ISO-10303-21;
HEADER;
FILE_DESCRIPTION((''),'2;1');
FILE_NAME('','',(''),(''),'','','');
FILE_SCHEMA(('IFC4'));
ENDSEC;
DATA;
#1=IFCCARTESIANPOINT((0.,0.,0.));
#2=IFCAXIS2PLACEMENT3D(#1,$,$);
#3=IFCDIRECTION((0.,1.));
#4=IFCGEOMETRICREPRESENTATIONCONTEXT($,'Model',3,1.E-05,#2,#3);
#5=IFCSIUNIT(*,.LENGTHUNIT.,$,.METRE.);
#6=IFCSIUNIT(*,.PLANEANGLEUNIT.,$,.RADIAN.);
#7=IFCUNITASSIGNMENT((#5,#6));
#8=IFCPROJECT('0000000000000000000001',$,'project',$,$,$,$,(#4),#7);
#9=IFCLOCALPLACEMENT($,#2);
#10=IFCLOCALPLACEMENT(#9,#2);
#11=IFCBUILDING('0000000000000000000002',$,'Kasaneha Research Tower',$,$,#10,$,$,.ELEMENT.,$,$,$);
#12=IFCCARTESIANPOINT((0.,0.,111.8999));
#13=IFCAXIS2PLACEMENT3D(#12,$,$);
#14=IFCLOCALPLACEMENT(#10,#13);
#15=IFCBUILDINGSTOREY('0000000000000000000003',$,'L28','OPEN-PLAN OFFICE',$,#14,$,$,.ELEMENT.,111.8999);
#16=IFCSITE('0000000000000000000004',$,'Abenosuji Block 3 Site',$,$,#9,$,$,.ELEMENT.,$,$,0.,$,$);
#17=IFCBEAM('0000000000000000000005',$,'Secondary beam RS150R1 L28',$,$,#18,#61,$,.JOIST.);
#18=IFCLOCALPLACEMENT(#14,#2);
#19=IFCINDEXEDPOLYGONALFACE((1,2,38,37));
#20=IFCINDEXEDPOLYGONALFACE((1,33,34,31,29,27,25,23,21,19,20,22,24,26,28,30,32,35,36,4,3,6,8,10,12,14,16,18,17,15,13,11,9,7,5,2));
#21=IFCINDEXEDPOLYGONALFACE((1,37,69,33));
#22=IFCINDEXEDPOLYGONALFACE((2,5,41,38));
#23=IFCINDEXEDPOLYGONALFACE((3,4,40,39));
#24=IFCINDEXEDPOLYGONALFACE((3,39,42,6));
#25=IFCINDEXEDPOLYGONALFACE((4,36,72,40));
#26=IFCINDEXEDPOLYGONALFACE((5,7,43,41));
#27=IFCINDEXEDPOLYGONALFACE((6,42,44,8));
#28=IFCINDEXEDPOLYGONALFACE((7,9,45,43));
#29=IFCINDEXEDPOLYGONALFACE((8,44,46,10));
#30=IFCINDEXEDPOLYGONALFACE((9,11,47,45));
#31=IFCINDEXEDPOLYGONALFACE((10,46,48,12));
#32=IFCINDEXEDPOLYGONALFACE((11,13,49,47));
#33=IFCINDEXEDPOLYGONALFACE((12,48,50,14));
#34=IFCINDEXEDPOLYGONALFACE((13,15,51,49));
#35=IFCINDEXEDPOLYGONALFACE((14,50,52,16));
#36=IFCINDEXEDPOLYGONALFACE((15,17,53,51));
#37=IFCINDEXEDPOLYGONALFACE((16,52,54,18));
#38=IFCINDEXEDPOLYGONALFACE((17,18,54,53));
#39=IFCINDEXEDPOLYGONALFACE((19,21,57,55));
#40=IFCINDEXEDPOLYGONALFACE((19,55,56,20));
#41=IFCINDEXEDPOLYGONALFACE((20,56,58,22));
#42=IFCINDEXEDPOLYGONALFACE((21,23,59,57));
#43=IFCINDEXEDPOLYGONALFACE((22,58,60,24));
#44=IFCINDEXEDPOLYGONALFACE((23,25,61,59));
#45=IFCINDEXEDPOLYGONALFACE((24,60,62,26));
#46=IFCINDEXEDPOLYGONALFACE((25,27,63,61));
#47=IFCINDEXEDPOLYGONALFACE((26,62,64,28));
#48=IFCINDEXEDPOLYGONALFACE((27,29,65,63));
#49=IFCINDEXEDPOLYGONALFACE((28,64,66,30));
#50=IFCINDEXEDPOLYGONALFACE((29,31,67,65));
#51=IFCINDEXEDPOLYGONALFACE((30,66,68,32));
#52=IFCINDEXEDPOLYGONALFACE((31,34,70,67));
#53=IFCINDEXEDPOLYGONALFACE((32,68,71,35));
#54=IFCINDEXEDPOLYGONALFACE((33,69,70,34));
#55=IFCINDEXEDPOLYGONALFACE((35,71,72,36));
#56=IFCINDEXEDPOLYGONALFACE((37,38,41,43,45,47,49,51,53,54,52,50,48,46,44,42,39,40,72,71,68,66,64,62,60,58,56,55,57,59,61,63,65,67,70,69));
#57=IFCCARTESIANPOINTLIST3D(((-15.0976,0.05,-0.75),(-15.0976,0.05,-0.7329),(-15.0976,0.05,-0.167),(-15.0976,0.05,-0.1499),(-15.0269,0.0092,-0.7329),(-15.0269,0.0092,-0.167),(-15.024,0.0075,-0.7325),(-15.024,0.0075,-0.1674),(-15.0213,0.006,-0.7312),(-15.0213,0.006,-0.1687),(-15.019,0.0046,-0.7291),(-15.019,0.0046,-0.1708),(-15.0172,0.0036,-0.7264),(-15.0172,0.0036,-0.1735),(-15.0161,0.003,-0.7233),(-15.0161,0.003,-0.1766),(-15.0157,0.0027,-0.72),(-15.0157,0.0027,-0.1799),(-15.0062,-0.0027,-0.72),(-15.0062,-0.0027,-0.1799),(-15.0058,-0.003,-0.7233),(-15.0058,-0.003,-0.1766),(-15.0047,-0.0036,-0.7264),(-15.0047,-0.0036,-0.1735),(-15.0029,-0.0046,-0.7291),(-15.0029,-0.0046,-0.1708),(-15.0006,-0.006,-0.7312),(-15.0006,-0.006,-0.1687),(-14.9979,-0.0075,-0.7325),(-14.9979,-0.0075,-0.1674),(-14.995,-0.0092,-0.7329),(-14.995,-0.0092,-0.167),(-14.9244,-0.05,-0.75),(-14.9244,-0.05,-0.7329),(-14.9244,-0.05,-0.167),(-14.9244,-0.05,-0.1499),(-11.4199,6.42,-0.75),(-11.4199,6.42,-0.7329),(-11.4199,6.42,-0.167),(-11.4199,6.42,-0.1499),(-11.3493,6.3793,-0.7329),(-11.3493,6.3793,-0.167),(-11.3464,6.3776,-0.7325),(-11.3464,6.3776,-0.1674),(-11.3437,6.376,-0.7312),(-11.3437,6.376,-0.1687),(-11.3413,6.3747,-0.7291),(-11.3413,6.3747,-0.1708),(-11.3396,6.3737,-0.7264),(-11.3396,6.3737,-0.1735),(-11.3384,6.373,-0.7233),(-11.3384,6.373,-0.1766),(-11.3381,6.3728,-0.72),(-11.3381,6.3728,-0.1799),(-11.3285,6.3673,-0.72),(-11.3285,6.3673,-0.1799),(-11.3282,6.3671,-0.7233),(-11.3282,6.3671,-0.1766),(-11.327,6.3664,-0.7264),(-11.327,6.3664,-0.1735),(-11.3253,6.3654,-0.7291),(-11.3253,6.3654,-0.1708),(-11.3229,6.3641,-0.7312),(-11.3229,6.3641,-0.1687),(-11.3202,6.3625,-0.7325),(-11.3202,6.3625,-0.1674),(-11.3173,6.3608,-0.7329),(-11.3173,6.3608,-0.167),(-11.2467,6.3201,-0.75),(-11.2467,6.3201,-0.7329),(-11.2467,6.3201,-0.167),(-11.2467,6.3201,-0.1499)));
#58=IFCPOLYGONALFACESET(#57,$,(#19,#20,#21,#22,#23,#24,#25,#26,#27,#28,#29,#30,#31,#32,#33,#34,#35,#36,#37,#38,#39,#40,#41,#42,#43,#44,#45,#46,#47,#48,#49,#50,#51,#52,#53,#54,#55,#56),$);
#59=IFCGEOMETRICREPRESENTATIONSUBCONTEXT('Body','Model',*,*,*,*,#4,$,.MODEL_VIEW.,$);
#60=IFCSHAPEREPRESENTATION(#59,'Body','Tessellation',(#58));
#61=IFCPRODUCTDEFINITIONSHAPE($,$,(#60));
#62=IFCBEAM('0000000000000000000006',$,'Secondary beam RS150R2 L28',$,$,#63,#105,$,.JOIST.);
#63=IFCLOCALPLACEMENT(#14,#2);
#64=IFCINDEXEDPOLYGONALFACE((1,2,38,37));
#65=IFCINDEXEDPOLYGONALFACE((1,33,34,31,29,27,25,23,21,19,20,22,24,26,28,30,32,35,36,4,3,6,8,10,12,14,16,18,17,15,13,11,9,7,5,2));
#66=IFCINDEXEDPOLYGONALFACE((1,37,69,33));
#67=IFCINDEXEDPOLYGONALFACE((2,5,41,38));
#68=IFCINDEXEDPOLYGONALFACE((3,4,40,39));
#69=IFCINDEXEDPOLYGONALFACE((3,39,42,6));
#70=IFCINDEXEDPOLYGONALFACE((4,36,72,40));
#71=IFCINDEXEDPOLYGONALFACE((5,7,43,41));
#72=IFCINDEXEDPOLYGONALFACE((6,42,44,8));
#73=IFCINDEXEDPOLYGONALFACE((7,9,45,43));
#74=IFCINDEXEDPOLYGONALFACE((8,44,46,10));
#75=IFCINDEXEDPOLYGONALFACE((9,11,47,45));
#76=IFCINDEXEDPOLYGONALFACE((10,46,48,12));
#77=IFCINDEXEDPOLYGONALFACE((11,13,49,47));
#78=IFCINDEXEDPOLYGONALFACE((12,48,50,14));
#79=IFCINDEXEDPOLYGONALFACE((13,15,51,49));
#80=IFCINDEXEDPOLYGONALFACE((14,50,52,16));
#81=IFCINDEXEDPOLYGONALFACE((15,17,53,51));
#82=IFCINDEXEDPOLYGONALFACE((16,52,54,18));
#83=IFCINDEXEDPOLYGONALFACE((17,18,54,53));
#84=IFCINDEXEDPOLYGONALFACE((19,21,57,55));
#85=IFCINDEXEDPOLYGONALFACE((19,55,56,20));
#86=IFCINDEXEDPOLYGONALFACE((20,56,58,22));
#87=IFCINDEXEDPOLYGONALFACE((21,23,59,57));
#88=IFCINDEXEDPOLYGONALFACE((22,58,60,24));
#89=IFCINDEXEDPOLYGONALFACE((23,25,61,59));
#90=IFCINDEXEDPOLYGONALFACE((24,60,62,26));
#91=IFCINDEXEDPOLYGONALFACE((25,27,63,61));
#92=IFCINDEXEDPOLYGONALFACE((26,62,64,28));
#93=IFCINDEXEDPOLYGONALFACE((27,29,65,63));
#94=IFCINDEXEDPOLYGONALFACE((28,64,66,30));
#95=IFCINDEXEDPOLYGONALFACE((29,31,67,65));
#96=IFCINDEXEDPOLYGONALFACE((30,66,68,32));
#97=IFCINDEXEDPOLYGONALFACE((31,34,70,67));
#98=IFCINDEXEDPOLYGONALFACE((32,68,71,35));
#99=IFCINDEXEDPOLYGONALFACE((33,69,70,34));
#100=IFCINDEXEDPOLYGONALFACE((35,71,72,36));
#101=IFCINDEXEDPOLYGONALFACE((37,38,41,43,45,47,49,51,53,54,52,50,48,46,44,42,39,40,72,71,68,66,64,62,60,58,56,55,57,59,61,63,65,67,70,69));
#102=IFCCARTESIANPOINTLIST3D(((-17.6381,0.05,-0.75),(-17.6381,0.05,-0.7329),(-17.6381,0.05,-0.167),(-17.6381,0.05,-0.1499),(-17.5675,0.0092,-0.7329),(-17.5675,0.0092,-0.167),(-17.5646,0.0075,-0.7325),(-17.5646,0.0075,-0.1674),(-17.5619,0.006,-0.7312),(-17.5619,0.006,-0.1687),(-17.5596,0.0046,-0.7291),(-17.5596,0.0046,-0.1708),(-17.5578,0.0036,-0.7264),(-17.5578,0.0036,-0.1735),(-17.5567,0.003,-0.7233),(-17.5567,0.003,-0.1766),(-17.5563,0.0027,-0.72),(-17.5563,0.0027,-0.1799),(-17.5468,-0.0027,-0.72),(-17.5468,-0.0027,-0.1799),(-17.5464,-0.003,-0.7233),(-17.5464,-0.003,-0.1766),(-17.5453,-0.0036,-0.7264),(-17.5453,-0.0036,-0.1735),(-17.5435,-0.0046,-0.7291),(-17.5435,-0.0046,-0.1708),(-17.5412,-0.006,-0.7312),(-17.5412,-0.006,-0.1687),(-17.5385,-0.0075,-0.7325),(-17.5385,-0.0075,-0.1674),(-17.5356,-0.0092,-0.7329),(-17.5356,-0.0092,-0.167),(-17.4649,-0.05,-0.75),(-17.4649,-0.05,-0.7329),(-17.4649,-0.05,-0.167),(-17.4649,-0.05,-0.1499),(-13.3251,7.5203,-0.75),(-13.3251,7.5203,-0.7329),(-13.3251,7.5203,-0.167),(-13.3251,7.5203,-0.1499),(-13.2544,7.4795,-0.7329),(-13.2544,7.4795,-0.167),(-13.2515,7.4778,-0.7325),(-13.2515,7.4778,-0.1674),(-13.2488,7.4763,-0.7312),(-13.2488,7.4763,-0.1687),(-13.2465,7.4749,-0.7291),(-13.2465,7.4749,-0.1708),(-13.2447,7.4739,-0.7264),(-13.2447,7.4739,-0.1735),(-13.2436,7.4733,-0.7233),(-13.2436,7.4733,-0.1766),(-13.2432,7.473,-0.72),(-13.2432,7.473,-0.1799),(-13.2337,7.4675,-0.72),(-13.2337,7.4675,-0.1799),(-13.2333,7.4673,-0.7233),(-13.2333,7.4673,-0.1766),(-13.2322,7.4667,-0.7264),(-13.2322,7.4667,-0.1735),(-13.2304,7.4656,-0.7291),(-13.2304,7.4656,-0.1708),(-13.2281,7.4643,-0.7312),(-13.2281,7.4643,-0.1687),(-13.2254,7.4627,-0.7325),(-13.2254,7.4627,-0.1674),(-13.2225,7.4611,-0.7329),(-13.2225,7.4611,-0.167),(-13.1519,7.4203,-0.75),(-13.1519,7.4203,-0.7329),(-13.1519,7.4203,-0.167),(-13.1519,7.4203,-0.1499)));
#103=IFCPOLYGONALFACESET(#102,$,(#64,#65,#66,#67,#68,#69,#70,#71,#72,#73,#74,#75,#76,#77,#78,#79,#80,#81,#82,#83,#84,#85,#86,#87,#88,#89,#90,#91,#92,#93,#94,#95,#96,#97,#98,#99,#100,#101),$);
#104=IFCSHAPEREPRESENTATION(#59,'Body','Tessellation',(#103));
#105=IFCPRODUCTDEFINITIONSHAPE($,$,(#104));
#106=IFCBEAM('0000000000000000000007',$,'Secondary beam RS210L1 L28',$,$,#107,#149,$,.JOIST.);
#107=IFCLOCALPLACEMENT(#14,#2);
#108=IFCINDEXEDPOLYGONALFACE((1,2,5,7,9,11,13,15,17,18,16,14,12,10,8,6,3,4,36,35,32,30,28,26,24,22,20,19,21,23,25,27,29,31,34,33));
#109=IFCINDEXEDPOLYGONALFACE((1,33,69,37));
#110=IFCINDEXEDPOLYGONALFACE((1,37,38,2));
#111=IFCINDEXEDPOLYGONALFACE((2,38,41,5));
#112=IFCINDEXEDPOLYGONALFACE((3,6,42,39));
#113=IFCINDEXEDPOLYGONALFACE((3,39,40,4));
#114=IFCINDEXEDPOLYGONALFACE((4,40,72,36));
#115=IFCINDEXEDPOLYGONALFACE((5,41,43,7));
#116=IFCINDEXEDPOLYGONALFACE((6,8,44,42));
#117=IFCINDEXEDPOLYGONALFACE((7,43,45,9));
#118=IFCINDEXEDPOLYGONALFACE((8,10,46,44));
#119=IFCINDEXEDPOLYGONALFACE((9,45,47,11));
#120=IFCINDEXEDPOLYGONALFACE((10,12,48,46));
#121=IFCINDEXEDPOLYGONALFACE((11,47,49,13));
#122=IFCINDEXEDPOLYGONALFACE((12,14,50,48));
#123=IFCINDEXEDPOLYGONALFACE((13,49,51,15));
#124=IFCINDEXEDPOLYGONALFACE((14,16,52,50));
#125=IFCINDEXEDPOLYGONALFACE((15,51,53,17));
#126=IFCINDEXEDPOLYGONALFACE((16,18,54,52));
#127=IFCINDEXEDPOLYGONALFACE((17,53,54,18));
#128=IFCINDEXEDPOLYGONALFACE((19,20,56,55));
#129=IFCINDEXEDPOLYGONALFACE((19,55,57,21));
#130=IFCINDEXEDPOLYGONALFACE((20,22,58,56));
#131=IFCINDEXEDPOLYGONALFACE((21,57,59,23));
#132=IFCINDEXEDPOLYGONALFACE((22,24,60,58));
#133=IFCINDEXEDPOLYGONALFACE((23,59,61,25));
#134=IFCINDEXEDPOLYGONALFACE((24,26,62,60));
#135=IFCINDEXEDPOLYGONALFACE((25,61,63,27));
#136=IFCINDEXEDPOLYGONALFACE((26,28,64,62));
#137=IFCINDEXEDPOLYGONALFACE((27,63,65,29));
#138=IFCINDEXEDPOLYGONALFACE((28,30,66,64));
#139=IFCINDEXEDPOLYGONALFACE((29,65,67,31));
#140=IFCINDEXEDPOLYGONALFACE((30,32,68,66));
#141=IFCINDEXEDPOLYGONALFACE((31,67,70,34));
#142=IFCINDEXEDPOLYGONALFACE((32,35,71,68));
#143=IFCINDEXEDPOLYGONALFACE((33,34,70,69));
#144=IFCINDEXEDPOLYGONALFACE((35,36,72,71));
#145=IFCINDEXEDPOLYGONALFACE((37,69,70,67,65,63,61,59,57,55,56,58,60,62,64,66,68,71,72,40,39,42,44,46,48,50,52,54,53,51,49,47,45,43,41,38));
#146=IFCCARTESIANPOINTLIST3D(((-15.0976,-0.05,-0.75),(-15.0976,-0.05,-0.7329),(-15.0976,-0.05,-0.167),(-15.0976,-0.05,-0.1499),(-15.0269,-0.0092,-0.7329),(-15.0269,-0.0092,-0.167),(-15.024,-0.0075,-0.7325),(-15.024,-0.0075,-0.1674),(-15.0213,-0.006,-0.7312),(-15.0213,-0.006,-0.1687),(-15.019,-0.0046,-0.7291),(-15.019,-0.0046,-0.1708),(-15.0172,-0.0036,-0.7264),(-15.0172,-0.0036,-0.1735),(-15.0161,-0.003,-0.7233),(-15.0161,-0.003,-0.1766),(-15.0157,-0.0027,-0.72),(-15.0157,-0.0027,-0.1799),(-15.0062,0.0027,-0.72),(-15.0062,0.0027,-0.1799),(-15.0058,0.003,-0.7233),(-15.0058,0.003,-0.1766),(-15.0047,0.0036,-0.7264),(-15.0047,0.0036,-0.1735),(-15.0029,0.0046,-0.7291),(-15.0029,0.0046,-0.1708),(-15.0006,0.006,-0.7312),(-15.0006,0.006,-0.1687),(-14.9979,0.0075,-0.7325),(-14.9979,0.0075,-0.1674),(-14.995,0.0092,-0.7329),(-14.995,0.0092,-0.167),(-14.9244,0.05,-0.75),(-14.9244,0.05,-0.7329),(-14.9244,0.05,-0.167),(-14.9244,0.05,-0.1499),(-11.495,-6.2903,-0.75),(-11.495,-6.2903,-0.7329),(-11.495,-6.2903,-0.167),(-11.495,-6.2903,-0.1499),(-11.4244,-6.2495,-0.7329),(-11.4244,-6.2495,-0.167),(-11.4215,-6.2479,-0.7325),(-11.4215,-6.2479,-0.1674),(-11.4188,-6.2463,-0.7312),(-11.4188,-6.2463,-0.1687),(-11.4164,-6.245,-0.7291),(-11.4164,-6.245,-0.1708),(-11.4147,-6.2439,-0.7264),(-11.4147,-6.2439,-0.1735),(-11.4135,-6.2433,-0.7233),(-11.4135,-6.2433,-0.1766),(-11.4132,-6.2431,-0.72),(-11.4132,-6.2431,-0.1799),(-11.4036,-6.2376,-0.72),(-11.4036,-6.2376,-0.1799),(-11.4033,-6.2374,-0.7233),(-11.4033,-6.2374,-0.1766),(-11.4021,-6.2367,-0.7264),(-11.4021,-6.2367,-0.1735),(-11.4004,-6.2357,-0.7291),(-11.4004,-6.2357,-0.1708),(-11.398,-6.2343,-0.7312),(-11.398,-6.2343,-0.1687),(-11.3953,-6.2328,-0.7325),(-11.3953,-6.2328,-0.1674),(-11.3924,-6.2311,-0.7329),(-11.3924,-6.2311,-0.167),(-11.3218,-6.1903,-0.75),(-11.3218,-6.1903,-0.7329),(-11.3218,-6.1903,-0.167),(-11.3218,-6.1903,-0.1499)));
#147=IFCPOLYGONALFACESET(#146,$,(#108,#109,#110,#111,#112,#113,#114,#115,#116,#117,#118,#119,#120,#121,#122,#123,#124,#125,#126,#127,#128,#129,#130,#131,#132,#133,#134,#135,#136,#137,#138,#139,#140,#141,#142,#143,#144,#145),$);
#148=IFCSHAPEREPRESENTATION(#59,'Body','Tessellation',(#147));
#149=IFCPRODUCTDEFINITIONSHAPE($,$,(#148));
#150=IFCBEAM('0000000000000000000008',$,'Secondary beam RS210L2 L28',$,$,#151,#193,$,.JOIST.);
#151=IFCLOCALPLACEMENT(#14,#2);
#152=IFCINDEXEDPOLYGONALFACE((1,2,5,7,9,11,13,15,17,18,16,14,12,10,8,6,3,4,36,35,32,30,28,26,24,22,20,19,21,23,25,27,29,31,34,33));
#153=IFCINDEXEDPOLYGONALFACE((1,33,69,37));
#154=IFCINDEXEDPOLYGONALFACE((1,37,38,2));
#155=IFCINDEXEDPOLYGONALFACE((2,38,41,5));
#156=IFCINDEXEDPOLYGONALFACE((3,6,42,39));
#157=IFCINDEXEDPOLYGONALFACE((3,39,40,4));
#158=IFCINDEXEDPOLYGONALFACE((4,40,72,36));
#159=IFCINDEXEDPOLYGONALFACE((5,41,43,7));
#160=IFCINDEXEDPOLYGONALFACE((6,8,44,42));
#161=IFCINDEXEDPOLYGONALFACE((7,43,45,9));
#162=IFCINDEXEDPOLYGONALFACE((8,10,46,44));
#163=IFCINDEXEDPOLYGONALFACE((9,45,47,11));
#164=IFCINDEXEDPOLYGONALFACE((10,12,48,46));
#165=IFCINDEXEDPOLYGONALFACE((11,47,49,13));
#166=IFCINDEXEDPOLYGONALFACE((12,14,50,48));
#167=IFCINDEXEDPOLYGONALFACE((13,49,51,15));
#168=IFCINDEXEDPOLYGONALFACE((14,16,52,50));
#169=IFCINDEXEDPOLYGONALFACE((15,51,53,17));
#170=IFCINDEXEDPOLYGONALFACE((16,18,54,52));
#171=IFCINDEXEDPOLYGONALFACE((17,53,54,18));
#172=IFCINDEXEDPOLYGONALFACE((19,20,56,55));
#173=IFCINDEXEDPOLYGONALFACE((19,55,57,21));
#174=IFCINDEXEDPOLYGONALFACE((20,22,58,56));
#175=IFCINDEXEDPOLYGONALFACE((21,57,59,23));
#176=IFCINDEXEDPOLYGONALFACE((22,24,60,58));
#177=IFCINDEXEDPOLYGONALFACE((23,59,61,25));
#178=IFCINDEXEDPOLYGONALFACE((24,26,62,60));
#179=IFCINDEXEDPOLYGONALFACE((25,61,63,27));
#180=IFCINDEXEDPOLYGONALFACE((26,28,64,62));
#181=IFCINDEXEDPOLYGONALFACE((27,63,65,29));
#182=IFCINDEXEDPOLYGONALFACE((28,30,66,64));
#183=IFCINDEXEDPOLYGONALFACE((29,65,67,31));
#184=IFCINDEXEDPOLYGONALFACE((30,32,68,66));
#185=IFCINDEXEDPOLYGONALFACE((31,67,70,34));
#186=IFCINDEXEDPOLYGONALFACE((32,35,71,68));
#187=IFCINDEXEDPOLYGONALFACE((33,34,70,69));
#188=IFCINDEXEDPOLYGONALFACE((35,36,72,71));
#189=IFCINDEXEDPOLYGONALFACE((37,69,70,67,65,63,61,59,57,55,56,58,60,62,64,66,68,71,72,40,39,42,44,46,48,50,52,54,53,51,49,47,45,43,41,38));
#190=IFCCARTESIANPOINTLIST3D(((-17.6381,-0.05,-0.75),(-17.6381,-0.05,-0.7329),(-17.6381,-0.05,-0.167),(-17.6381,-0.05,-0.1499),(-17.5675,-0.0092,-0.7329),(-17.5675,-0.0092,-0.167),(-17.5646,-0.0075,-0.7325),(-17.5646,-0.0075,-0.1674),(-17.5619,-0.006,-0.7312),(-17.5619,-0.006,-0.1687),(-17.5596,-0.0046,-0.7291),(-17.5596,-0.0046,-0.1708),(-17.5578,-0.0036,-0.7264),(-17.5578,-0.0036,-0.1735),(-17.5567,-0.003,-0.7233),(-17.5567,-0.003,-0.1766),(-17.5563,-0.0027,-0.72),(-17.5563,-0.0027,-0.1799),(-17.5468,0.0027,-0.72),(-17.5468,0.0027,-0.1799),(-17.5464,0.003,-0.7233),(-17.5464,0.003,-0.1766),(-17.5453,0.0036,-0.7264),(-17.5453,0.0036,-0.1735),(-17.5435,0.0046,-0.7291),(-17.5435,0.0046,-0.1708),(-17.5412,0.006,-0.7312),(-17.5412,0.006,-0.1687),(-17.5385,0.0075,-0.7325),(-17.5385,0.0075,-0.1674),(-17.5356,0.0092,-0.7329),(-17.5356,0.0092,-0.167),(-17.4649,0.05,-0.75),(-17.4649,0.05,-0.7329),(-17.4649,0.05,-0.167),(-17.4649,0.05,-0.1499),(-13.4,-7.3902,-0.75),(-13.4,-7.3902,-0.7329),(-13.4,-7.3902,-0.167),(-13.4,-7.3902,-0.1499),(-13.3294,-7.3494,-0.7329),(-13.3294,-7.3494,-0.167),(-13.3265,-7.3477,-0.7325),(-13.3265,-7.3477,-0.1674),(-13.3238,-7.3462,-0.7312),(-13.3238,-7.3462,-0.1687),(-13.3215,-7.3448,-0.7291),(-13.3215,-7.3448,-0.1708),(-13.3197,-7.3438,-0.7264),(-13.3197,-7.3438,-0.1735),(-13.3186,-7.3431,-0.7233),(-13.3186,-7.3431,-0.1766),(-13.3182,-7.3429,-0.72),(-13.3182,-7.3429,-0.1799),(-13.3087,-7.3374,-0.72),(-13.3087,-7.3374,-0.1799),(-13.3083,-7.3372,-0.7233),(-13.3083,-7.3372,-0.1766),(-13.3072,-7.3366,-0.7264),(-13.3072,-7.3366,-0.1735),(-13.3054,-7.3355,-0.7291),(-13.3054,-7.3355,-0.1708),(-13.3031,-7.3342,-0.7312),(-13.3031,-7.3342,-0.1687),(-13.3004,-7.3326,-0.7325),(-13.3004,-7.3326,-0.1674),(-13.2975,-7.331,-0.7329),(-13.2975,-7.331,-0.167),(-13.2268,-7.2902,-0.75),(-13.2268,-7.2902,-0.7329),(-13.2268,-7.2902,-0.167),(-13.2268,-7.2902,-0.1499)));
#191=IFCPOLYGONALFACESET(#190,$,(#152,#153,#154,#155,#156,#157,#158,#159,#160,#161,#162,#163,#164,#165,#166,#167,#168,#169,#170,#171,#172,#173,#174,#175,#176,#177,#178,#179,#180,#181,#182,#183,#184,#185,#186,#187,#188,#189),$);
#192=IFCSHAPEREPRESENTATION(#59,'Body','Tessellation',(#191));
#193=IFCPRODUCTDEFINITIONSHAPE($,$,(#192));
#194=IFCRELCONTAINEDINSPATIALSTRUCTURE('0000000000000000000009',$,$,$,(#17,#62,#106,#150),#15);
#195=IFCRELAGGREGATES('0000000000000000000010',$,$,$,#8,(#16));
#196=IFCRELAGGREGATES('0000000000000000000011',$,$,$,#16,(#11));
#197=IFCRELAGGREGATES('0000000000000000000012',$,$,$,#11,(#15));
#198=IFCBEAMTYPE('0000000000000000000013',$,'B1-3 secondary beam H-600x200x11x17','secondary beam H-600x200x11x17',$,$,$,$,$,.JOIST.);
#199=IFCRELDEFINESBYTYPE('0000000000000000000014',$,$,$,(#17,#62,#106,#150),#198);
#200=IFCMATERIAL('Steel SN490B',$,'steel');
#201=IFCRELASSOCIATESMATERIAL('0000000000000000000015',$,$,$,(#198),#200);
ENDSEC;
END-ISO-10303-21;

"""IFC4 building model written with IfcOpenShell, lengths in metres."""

from ifc_helpers import new_model, si_unit, direction, frame, origin, origin_2d, place, context, subcontext, project, spatial, i_section, extrude, material, material_profile, profile_set, type_object, element, save


model = new_model("IFC4")

# Units and contexts
model_context = context("Model", 3, precision=1e-05, world=origin(), true_north=direction((0.0, 1.0)))
body_context = subcontext(model_context, "Body", "Model", "MODEL_VIEW")
ifc_project = project(units=[si_unit("LENGTHUNIT", "METRE"), si_unit("PLANEANGLEUNIT", "RADIAN")], contexts=[model_context])

# Site, building, storey
site_placement = place(None, origin())
site = spatial("IfcSite", under=ifc_project, at=site_placement, Name="Abenosuji Block 3 Site", CompositionType="ELEMENT", RefElevation=0.0)
building_placement = place(site_placement, origin())
building = spatial("IfcBuilding", under=site, at=building_placement, Name="Kasaneha Research Tower", CompositionType="ELEMENT")
storey_placement = place(building_placement, frame((0.0, 0.0, 111.8999)))
storey = spatial("IfcBuildingStorey", under=building, at=storey_placement, Name="L28", Description="OPEN-PLAN OFFICE", CompositionType="ELEMENT", Elevation=111.8999)

# Beams
ifc_material_1 = material(Name="Steel SN490B", Category="steel")
ifc_material_profile_1 = material_profile(ifc_material_1, i_section(OverallWidth=0.2, OverallDepth=0.6001, WebThickness=0.011, FlangeThickness=0.0171, FilletRadius=0.0129, at=origin_2d()), Name="H-600x200x11x17")
ifc_profile_set_1 = profile_set([ifc_material_profile_1], Name="Steel SN490B")
beam_type_1 = type_object("IfcBeamType", Name="B1-3 secondary beam H-600x200x11x17", Description="secondary beam H-600x200x11x17", PredefinedType="JOIST", material=ifc_profile_set_1)
beam_1_placement = place(storey_placement, frame((-15.011, 0.0, -0.45), z_axis=(0.499994, 0.866029, 0.0), x_axis=(-0.866029, 0.499994, 0.0)))
element("IfcBeam", 1, at=beam_1_placement, inside=storey, type_object=beam_type_1, Name="Secondary beam RS150R1 L28", PredefinedType="JOIST", context=body_context, shape_type="SweptSolid", body=[
    extrude(i_section(OverallWidth=0.2, OverallDepth=0.6001, WebThickness=0.011, FlangeThickness=0.0171, FilletRadius=0.0129, at=origin_2d()), origin(), (0.0, 0.0, 1.0), 7.3555),
])
beam_2_placement = place(storey_placement, frame((-17.5515, 0.0, -0.45), z_axis=(0.500005, 0.866023, 0.0), x_axis=(-0.866023, 0.500005, 0.0)))
element("IfcBeam", 2, at=beam_2_placement, inside=storey, type_object=beam_type_1, Name="Secondary beam RS150R2 L28", PredefinedType="JOIST", context=body_context, shape_type="SweptSolid", body=[
    extrude(i_section(OverallWidth=0.2, OverallDepth=0.6001, WebThickness=0.011, FlangeThickness=0.0171, FilletRadius=0.0129, at=origin_2d()), origin(), (0.0, 0.0, 1.0), 8.626),
])
beam_3_placement = place(storey_placement, frame((-15.011, 0.0, -0.45), z_axis=(0.499973, -0.866041, 0.0), x_axis=(0.866041, 0.499973, 0.0)))
element("IfcBeam", 3, at=beam_3_placement, inside=storey, type_object=beam_type_1, Name="Secondary beam RS210L1 L28", PredefinedType="JOIST", context=body_context, shape_type="SweptSolid", body=[
    extrude(i_section(OverallWidth=0.2, OverallDepth=0.6001, WebThickness=0.011, FlangeThickness=0.0171, FilletRadius=0.0129, at=origin_2d()), origin(), (0.0, 0.0, 1.0), 7.2056),
])
beam_4_placement = place(storey_placement, frame((-17.5515, 0.0, -0.45), z_axis=(0.500021, -0.866013, 0.0), x_axis=(0.866013, 0.500021, 0.0)))
element("IfcBeam", 4, at=beam_4_placement, inside=storey, type_object=beam_type_1, Name="Secondary beam RS210L2 L28", PredefinedType="JOIST", context=body_context, shape_type="SweptSolid", body=[
    extrude(i_section(OverallWidth=0.2, OverallDepth=0.6001, WebThickness=0.011, FlangeThickness=0.0171, FilletRadius=0.0129, at=origin_2d()), origin(), (0.0, 0.0, 1.0), 8.4758),
])

save(model, "model.ifc")
